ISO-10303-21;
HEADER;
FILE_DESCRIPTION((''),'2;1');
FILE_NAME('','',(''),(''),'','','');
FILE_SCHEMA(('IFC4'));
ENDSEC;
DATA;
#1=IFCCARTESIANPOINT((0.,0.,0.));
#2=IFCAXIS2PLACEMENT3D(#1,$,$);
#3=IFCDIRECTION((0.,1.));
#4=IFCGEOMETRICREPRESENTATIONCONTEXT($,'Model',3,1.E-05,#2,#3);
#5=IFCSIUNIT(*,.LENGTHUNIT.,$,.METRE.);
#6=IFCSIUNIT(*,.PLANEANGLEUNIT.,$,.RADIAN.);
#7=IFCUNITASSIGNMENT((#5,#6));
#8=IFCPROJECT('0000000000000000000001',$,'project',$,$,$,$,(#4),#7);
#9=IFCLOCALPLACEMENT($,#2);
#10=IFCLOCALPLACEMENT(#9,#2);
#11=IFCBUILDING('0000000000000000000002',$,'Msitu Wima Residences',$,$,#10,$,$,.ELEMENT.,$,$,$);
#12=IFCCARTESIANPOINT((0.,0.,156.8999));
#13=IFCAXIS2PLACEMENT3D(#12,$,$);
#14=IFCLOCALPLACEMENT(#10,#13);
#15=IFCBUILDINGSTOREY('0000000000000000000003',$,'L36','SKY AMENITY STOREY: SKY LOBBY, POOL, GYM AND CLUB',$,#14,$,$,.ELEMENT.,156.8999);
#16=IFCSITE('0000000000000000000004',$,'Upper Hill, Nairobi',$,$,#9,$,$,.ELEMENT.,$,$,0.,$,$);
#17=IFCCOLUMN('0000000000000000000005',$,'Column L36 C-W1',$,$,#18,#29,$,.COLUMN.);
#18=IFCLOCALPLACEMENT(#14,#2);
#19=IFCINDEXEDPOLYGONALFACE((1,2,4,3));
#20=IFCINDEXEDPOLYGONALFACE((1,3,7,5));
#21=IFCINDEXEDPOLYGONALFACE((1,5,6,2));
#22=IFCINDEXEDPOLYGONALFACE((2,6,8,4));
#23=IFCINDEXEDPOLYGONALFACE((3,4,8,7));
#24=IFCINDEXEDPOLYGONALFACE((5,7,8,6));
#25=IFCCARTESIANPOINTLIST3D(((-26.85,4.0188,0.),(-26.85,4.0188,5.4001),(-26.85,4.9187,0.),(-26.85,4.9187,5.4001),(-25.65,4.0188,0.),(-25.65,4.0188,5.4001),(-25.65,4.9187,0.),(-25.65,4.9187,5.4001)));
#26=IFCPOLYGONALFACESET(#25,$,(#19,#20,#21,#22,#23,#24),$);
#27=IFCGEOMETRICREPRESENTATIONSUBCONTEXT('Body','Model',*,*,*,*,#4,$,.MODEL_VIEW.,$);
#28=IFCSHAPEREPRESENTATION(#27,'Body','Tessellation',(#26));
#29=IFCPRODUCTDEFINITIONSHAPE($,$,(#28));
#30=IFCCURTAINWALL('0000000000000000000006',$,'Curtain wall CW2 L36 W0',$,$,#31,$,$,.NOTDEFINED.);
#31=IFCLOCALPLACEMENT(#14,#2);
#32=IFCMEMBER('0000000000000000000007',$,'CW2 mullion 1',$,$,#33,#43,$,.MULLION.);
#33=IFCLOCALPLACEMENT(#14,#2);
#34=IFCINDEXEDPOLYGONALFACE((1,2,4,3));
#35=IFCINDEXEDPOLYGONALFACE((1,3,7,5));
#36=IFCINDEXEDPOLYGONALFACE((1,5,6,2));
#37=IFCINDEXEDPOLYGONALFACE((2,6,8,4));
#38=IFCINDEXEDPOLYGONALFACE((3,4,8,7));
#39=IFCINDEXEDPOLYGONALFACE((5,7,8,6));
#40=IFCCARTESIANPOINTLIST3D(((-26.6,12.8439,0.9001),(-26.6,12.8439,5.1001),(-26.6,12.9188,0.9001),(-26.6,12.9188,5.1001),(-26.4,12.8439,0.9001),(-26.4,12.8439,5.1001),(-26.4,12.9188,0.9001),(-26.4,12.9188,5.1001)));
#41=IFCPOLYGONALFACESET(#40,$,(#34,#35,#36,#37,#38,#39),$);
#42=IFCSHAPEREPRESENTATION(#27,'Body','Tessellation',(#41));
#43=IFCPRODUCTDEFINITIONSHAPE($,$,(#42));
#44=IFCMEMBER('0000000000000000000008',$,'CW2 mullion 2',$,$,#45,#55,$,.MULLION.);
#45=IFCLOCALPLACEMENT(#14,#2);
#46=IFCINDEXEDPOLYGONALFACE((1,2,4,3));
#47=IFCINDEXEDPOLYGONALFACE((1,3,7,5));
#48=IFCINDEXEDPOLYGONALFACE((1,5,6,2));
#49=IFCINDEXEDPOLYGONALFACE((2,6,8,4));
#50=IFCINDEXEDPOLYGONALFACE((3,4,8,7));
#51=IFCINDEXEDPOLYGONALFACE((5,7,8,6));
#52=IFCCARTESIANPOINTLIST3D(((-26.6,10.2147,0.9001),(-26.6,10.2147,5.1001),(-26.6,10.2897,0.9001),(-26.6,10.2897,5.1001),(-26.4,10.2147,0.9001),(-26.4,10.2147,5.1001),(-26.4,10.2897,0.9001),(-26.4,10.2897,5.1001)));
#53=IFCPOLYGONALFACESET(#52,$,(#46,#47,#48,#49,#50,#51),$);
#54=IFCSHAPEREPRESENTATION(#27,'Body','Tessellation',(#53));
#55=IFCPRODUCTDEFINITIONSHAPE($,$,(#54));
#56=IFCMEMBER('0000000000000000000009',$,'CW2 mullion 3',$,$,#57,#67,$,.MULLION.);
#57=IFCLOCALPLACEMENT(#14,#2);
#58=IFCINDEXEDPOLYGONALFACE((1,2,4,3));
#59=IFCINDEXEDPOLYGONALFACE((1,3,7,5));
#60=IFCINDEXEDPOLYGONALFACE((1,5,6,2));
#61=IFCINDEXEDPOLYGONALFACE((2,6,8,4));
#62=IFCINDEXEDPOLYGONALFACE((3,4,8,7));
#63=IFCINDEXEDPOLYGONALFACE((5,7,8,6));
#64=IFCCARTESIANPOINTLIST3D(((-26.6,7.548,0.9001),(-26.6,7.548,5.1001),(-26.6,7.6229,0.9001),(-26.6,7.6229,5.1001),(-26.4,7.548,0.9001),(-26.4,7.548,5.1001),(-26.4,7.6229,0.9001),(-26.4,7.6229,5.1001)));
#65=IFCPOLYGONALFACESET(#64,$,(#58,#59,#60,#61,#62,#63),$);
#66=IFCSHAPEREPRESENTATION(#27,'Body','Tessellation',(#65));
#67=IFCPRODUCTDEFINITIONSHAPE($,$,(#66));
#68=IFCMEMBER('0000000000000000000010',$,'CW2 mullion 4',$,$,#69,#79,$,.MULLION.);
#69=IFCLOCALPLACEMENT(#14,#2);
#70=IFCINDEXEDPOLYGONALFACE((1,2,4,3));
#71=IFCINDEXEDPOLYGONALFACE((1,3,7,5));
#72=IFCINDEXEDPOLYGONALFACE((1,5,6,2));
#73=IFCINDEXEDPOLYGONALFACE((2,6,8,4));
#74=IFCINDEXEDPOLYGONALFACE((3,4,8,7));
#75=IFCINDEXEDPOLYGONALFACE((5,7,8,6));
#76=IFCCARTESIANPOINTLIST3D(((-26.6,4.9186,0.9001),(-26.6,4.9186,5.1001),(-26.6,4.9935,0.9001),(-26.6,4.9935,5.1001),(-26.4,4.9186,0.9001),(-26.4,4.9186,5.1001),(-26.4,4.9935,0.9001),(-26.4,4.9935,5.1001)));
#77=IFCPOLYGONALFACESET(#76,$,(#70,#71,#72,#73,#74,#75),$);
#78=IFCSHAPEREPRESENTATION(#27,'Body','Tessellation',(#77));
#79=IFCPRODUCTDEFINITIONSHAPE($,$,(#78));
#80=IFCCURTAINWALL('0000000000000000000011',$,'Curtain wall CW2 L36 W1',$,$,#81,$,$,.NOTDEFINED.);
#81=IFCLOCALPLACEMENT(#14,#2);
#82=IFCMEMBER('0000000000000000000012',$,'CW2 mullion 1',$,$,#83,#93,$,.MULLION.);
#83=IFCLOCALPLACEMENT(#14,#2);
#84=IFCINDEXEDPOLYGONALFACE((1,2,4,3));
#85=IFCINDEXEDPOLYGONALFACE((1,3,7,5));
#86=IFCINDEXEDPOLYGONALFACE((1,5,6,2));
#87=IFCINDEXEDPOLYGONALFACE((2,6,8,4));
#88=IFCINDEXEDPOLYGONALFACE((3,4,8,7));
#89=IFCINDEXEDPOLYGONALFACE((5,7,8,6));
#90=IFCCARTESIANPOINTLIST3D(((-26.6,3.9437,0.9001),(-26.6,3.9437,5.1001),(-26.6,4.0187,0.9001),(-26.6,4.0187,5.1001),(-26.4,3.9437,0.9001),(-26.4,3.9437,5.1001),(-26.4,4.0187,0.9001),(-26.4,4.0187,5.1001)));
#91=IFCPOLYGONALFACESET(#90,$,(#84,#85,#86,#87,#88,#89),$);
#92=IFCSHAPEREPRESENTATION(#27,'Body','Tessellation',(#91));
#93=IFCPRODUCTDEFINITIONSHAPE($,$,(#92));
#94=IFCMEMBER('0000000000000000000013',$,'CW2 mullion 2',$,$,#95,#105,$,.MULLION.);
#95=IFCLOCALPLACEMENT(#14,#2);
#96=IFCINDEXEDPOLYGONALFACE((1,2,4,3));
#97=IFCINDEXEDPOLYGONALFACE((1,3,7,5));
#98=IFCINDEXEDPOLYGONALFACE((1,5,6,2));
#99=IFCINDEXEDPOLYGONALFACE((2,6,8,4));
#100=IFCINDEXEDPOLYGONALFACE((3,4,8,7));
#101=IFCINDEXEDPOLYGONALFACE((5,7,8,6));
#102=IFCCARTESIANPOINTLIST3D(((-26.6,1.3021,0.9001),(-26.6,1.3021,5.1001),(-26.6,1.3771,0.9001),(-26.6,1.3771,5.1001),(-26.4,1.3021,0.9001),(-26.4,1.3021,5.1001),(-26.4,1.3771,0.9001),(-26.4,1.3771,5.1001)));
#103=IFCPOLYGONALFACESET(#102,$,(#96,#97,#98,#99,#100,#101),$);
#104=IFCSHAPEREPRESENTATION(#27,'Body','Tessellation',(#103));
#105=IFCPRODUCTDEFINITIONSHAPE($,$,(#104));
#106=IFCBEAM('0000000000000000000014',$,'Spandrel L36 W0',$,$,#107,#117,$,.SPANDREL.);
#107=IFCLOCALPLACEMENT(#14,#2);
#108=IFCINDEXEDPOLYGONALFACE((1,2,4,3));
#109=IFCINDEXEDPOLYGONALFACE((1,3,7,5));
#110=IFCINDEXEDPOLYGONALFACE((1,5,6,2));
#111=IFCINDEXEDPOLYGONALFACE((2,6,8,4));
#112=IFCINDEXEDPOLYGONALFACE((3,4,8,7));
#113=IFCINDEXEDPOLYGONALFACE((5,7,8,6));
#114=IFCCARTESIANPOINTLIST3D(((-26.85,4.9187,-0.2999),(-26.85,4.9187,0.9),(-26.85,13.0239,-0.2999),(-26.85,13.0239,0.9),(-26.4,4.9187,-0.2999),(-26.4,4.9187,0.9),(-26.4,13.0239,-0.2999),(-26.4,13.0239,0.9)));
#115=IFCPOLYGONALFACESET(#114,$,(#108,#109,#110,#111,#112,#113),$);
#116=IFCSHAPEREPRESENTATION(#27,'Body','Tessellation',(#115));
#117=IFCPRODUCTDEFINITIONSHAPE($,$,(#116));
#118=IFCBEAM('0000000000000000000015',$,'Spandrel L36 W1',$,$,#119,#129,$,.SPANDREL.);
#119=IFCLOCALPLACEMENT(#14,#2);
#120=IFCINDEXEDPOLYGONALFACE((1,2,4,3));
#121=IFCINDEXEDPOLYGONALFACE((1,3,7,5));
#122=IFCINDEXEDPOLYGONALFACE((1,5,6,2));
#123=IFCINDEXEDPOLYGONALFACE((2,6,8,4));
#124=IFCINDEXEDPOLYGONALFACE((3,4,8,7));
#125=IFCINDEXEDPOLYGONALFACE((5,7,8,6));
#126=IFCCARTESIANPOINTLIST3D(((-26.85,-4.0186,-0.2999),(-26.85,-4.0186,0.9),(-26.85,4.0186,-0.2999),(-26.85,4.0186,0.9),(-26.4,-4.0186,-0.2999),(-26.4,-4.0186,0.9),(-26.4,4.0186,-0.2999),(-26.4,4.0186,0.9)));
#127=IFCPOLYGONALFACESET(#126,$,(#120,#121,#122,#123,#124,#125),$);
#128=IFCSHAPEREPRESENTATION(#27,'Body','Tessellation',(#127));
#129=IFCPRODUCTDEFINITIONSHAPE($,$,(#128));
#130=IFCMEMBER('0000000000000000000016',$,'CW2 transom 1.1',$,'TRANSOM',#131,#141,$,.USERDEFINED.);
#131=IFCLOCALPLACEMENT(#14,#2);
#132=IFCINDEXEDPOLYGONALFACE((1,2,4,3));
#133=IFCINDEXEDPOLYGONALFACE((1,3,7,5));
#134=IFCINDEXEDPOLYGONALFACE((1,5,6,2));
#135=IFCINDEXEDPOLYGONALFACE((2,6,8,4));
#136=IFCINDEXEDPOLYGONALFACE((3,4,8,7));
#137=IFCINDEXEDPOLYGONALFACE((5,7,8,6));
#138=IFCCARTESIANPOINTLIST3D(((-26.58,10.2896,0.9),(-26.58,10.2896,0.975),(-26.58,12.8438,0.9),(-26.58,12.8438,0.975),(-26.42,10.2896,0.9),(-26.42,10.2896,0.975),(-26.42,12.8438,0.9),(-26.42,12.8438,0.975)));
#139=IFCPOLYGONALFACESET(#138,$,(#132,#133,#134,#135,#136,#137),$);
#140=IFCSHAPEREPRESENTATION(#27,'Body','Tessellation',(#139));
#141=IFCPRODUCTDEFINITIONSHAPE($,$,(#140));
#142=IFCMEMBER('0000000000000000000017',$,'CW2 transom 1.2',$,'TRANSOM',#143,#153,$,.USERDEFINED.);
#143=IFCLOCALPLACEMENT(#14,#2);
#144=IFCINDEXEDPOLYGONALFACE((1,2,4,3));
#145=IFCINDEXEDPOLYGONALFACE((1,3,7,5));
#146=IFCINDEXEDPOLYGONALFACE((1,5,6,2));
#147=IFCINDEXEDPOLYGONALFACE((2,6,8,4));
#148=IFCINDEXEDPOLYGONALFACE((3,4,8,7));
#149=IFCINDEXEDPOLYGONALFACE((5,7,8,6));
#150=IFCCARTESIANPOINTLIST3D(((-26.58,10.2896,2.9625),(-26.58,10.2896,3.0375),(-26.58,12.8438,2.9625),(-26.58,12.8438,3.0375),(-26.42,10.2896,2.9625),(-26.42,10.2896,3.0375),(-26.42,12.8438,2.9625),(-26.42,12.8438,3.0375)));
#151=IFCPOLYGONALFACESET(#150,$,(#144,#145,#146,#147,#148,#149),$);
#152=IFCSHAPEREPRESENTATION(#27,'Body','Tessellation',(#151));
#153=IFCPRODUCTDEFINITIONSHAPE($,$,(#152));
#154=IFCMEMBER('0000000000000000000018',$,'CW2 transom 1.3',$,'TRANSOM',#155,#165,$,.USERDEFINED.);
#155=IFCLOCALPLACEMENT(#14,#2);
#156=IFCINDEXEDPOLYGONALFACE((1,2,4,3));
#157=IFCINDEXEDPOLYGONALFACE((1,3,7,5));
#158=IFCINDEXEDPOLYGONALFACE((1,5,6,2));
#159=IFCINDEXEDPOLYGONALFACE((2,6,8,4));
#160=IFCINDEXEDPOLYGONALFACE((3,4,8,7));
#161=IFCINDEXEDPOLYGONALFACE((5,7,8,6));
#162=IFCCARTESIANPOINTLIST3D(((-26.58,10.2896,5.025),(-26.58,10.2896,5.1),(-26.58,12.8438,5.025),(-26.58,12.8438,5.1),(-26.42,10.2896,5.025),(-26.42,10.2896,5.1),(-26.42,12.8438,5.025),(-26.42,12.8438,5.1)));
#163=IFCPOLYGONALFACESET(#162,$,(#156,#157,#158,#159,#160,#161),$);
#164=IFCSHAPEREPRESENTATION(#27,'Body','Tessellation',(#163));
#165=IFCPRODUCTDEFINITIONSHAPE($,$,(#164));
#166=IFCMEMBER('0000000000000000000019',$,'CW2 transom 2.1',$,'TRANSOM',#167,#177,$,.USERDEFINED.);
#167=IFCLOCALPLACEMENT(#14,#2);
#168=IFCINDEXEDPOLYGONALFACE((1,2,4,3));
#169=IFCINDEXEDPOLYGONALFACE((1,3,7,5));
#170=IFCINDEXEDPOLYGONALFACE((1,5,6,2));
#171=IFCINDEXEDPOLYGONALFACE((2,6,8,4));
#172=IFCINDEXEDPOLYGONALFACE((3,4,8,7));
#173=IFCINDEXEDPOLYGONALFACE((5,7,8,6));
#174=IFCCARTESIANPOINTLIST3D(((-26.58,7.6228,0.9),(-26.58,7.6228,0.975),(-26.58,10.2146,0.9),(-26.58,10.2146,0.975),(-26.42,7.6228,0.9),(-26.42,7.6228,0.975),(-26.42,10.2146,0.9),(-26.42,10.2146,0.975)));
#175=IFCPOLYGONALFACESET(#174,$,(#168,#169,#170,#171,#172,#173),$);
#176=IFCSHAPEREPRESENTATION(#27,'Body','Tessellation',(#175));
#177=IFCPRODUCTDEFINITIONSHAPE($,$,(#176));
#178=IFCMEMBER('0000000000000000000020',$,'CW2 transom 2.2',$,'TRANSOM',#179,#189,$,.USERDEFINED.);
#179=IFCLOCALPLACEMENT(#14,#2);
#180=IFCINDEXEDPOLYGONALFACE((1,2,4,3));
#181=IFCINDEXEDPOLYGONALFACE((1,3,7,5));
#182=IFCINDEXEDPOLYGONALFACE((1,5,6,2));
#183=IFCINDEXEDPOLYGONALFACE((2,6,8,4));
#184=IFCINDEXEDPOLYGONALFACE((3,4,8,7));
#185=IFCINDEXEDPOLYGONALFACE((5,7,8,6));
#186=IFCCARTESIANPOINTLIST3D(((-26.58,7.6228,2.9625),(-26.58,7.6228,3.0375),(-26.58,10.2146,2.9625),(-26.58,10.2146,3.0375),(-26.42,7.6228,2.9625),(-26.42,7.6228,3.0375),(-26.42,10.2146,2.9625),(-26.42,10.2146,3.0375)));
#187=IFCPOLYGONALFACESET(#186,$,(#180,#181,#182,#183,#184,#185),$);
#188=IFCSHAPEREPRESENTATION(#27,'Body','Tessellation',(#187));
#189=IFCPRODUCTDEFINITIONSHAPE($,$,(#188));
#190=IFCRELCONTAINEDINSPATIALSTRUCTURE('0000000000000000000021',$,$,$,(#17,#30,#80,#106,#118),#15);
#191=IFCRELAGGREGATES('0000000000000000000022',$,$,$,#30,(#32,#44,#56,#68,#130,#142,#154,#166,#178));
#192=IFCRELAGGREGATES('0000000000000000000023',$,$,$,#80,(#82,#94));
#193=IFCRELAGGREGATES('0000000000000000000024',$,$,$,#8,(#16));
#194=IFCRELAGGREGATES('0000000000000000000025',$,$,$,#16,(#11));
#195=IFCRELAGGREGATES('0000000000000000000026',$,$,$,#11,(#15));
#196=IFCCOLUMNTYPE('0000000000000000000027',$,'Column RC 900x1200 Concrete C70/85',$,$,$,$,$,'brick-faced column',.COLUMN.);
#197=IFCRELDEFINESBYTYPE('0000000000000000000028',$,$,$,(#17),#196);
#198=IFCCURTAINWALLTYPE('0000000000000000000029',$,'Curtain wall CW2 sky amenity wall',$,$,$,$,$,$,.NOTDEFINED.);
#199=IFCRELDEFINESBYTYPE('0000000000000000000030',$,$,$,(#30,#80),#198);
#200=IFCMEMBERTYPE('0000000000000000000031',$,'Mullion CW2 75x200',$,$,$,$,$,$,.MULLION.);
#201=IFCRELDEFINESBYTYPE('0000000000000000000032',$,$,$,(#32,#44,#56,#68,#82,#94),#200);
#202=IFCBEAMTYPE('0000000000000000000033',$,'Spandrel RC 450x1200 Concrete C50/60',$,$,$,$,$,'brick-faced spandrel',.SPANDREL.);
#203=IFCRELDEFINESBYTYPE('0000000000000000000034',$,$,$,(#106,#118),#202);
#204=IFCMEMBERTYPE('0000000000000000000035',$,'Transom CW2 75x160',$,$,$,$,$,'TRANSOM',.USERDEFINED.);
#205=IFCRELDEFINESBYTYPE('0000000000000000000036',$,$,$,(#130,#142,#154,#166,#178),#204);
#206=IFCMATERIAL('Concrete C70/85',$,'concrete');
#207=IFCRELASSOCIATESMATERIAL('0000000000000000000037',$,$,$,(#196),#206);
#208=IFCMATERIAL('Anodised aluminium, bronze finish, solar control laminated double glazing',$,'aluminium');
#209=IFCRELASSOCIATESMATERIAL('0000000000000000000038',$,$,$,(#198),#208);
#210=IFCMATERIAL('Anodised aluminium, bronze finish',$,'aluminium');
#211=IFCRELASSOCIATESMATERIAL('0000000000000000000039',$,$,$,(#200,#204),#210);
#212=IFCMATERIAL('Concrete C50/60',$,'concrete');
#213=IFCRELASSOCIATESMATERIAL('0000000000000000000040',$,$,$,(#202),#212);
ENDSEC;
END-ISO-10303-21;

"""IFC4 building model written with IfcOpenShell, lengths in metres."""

from ifc_helpers import new_model, si_unit, direction, frame, origin, origin_2d, place, context, subcontext, project, spatial, rectangle, extrude, material, material_profile, profile_set, type_object, element, aggregate, save


model = new_model("IFC4")

# Units and contexts
model_context = context("Model", 3, precision=1e-05, world=origin(), true_north=direction((0.0, 1.0)))
body_context = subcontext(model_context, "Body", "Model", "MODEL_VIEW")
ifc_project = project(units=[si_unit("LENGTHUNIT", "METRE"), si_unit("PLANEANGLEUNIT", "RADIAN")], contexts=[model_context])

# Site, building, storey
site_placement = place(None, origin())
site = spatial("IfcSite", under=ifc_project, at=site_placement, Name="Upper Hill, Nairobi", CompositionType="ELEMENT", RefElevation=0.0)
building_placement = place(site_placement, origin())
building = spatial("IfcBuilding", under=site, at=building_placement, Name="Msitu Wima Residences", CompositionType="ELEMENT")
storey_placement = place(building_placement, frame((0.0, 0.0, 156.8999)))
storey = spatial("IfcBuildingStorey", under=building, at=storey_placement, Name="L36", Description="SKY AMENITY STOREY: SKY LOBBY, POOL, GYM AND CLUB", CompositionType="ELEMENT", Elevation=156.8999)

# Column
ifc_material_1 = material(Name="Concrete C70/85", Category="concrete")
ifc_material_profile_1 = material_profile(ifc_material_1, rectangle(XDim=0.8999, YDim=1.2, at=origin_2d()), Name="RC 900x1200")
ifc_profile_set_1 = profile_set([ifc_material_profile_1], Name="Concrete C70/85")
column_type = type_object("IfcColumnType", Name="Column RC 900x1200 Concrete C70/85", ElementType="brick-faced column", PredefinedType="COLUMN", material=ifc_profile_set_1)
column_placement = place(storey_placement, frame((-26.25, 4.4688, 0.0), z_axis=(0.0, 0.0, 1.0), x_axis=(0.0, -1.0, 0.0)))
element("IfcColumn", 1, at=column_placement, inside=storey, type_object=column_type, Name="Column L36 C-W1", PredefinedType="COLUMN", context=body_context, shape_type="SweptSolid", body=[
    extrude(rectangle(XDim=0.8999, YDim=1.2, at=origin_2d()), origin(), (0.0, 0.0, 1.0), 5.4001),
])

# Curtain walls, members
ifc_material_2 = material(Name="Anodised aluminium, bronze finish, solar control laminated double glazing", Category="aluminium")
curtain_wall_type = type_object("IfcCurtainWallType", Name="Curtain wall CW2 sky amenity wall", PredefinedType="NOTDEFINED", material=ifc_material_2)
curtain_wall_1_placement = place(storey_placement, origin())
curtain_wall_1 = element("IfcCurtainWall", 2, at=curtain_wall_1_placement, inside=storey, type_object=curtain_wall_type, Name="Curtain wall CW2 L36 W0", PredefinedType="NOTDEFINED")
ifc_material_3 = material(Name="Anodised aluminium, bronze finish", Category="aluminium")
ifc_material_profile_2 = material_profile(ifc_material_3, rectangle(XDim=0.2, YDim=0.075, at=origin_2d()), Name="Mullion 75x200")
ifc_profile_set_2 = profile_set([ifc_material_profile_2], Name="Anodised aluminium, bronze finish")
member_type_1 = type_object("IfcMemberType", Name="Mullion CW2 75x200", PredefinedType="MULLION", material=ifc_profile_set_2)
member_1_placement = place(storey_placement, frame((-26.5, 12.8813, 0.9001), z_axis=(0.0, 0.0, 1.0), x_axis=(1.0, 0.0, 0.0)))
member_1 = element("IfcMember", 3, at=member_1_placement, type_object=member_type_1, Name="CW2 mullion 1", PredefinedType="MULLION", context=body_context, shape_type="SweptSolid", body=[
    extrude(rectangle(XDim=0.2, YDim=0.075, at=origin_2d()), origin(), (0.0, 0.0, 1.0), 4.2),
])
member_2_placement = place(storey_placement, frame((-26.5, 10.2522, 0.9001), z_axis=(0.0, 0.0, 1.0), x_axis=(1.0, 0.0, 0.0)))
member_2 = element("IfcMember", 4, at=member_2_placement, type_object=member_type_1, Name="CW2 mullion 2", PredefinedType="MULLION", context=body_context, shape_type="SweptSolid", body=[
    extrude(rectangle(XDim=0.2, YDim=0.075, at=origin_2d()), origin(), (0.0, 0.0, 1.0), 4.2),
])
member_3_placement = place(storey_placement, frame((-26.5, 7.5854, 0.9001), z_axis=(0.0, 0.0, 1.0), x_axis=(1.0, 0.0, 0.0)))
member_3 = element("IfcMember", 5, at=member_3_placement, type_object=member_type_1, Name="CW2 mullion 3", PredefinedType="MULLION", context=body_context, shape_type="SweptSolid", body=[
    extrude(rectangle(XDim=0.2, YDim=0.075, at=origin_2d()), origin(), (0.0, 0.0, 1.0), 4.2),
])
member_4_placement = place(storey_placement, frame((-26.5, 4.9561, 0.9001), z_axis=(0.0, 0.0, 1.0), x_axis=(1.0, 0.0, 0.0)))
member_4 = element("IfcMember", 6, at=member_4_placement, type_object=member_type_1, Name="CW2 mullion 4", PredefinedType="MULLION", context=body_context, shape_type="SweptSolid", body=[
    extrude(rectangle(XDim=0.2, YDim=0.075, at=origin_2d()), origin(), (0.0, 0.0, 1.0), 4.2),
])
curtain_wall_2_placement = place(storey_placement, origin())
curtain_wall_2 = element("IfcCurtainWall", 7, at=curtain_wall_2_placement, inside=storey, type_object=curtain_wall_type, Name="Curtain wall CW2 L36 W1", PredefinedType="NOTDEFINED")
member_5_placement = place(storey_placement, frame((-26.5, 3.9812, 0.9001), z_axis=(0.0, 0.0, 1.0), x_axis=(1.0, 0.0, 0.0)))
member_5 = element("IfcMember", 8, at=member_5_placement, type_object=member_type_1, Name="CW2 mullion 1", PredefinedType="MULLION", context=body_context, shape_type="SweptSolid", body=[
    extrude(rectangle(XDim=0.2, YDim=0.075, at=origin_2d()), origin(), (0.0, 0.0, 1.0), 4.2),
])
member_6_placement = place(storey_placement, frame((-26.5, 1.3396, 0.9001), z_axis=(0.0, 0.0, 1.0), x_axis=(1.0, 0.0, 0.0)))
member_6 = element("IfcMember", 9, at=member_6_placement, type_object=member_type_1, Name="CW2 mullion 2", PredefinedType="MULLION", context=body_context, shape_type="SweptSolid", body=[
    extrude(rectangle(XDim=0.2, YDim=0.075, at=origin_2d()), origin(), (0.0, 0.0, 1.0), 4.2),
])

# Beams
ifc_material_4 = material(Name="Concrete C50/60", Category="concrete")
ifc_material_profile_3 = material_profile(ifc_material_4, rectangle(XDim=0.45, YDim=1.2, at=origin_2d()), Name="RC 450x1200")
ifc_profile_set_3 = profile_set([ifc_material_profile_3], Name="Concrete C50/60")
beam_type = type_object("IfcBeamType", Name="Spandrel RC 450x1200 Concrete C50/60", ElementType="brick-faced spandrel", PredefinedType="SPANDREL", material=ifc_profile_set_3)
beam_1_placement = place(storey_placement, frame((-26.625, 13.0239, 0.3), z_axis=(0.0, -1.0, 0.0), x_axis=(1.0, 0.0, 0.0)))
element("IfcBeam", 10, at=beam_1_placement, inside=storey, type_object=beam_type, Name="Spandrel L36 W0", PredefinedType="SPANDREL", context=body_context, shape_type="SweptSolid", body=[
    extrude(rectangle(XDim=0.45, YDim=1.2, at=origin_2d()), origin(), (0.0, 0.0, 1.0), 8.1052),
])
beam_2_placement = place(storey_placement, frame((-26.625, 4.0186, 0.3), z_axis=(0.0, -1.0, 0.0), x_axis=(1.0, 0.0, 0.0)))
element("IfcBeam", 11, at=beam_2_placement, inside=storey, type_object=beam_type, Name="Spandrel L36 W1", PredefinedType="SPANDREL", context=body_context, shape_type="SweptSolid", body=[
    extrude(rectangle(XDim=0.45, YDim=1.2, at=origin_2d()), origin(), (0.0, 0.0, 1.0), 8.0371),
])

# Members
ifc_material_profile_4 = material_profile(ifc_material_3, rectangle(XDim=0.1599, YDim=0.075, at=origin_2d()), Name="Transom 75x160")
ifc_profile_set_4 = profile_set([ifc_material_profile_4], Name="Anodised aluminium, bronze finish")
member_type_2 = type_object("IfcMemberType", Name="Transom CW2 75x160", ElementType="TRANSOM", PredefinedType="USERDEFINED", material=ifc_profile_set_4)
member_7_placement = place(storey_placement, frame((-26.5, 12.8438, 0.9375), z_axis=(0.0, -1.0, 0.0), x_axis=(1.0, 0.0, 0.0)))
member_7 = element("IfcMember", 12, at=member_7_placement, type_object=member_type_2, Name="CW2 transom 1.1", ObjectType="TRANSOM", PredefinedType="USERDEFINED", context=body_context, shape_type="SweptSolid", body=[
    extrude(rectangle(XDim=0.1599, YDim=0.075, at=origin_2d()), origin(), (0.0, 0.0, 1.0), 2.5542),
])
member_8_placement = place(storey_placement, frame((-26.5, 12.8438, 3.0), z_axis=(0.0, -1.0, 0.0), x_axis=(1.0, 0.0, 0.0)))
member_8 = element("IfcMember", 13, at=member_8_placement, type_object=member_type_2, Name="CW2 transom 1.2", ObjectType="TRANSOM", PredefinedType="USERDEFINED", context=body_context, shape_type="SweptSolid", body=[
    extrude(rectangle(XDim=0.1599, YDim=0.075, at=origin_2d()), origin(), (0.0, 0.0, 1.0), 2.5542),
])
member_9_placement = place(storey_placement, frame((-26.5, 12.8438, 5.0625), z_axis=(0.0, -1.0, 0.0), x_axis=(1.0, 0.0, 0.0)))
member_9 = element("IfcMember", 14, at=member_9_placement, type_object=member_type_2, Name="CW2 transom 1.3", ObjectType="TRANSOM", PredefinedType="USERDEFINED", context=body_context, shape_type="SweptSolid", body=[
    extrude(rectangle(XDim=0.1599, YDim=0.075, at=origin_2d()), origin(), (0.0, 0.0, 1.0), 2.5542),
])
member_10_placement = place(storey_placement, frame((-26.5, 10.2146, 0.9375), z_axis=(0.0, -1.0, 0.0), x_axis=(1.0, 0.0, 0.0)))
member_10 = element("IfcMember", 15, at=member_10_placement, type_object=member_type_2, Name="CW2 transom 2.1", ObjectType="TRANSOM", PredefinedType="USERDEFINED", context=body_context, shape_type="SweptSolid", body=[
    extrude(rectangle(XDim=0.1599, YDim=0.075, at=origin_2d()), origin(), (0.0, 0.0, 1.0), 2.5918),
])
member_11_placement = place(storey_placement, frame((-26.5, 10.2146, 3.0), z_axis=(0.0, -1.0, 0.0), x_axis=(1.0, 0.0, 0.0)))
member_11 = element("IfcMember", 16, at=member_11_placement, type_object=member_type_2, Name="CW2 transom 2.2", ObjectType="TRANSOM", PredefinedType="USERDEFINED", context=body_context, shape_type="SweptSolid", body=[
    extrude(rectangle(XDim=0.1599, YDim=0.075, at=origin_2d()), origin(), (0.0, 0.0, 1.0), 2.5918),
])

aggregate(curtain_wall_1, [member_1, member_2, member_3, member_4, member_7, member_8, member_9, member_10, member_11])
aggregate(curtain_wall_2, [member_5, member_6])

save(model, "model.ifc")
